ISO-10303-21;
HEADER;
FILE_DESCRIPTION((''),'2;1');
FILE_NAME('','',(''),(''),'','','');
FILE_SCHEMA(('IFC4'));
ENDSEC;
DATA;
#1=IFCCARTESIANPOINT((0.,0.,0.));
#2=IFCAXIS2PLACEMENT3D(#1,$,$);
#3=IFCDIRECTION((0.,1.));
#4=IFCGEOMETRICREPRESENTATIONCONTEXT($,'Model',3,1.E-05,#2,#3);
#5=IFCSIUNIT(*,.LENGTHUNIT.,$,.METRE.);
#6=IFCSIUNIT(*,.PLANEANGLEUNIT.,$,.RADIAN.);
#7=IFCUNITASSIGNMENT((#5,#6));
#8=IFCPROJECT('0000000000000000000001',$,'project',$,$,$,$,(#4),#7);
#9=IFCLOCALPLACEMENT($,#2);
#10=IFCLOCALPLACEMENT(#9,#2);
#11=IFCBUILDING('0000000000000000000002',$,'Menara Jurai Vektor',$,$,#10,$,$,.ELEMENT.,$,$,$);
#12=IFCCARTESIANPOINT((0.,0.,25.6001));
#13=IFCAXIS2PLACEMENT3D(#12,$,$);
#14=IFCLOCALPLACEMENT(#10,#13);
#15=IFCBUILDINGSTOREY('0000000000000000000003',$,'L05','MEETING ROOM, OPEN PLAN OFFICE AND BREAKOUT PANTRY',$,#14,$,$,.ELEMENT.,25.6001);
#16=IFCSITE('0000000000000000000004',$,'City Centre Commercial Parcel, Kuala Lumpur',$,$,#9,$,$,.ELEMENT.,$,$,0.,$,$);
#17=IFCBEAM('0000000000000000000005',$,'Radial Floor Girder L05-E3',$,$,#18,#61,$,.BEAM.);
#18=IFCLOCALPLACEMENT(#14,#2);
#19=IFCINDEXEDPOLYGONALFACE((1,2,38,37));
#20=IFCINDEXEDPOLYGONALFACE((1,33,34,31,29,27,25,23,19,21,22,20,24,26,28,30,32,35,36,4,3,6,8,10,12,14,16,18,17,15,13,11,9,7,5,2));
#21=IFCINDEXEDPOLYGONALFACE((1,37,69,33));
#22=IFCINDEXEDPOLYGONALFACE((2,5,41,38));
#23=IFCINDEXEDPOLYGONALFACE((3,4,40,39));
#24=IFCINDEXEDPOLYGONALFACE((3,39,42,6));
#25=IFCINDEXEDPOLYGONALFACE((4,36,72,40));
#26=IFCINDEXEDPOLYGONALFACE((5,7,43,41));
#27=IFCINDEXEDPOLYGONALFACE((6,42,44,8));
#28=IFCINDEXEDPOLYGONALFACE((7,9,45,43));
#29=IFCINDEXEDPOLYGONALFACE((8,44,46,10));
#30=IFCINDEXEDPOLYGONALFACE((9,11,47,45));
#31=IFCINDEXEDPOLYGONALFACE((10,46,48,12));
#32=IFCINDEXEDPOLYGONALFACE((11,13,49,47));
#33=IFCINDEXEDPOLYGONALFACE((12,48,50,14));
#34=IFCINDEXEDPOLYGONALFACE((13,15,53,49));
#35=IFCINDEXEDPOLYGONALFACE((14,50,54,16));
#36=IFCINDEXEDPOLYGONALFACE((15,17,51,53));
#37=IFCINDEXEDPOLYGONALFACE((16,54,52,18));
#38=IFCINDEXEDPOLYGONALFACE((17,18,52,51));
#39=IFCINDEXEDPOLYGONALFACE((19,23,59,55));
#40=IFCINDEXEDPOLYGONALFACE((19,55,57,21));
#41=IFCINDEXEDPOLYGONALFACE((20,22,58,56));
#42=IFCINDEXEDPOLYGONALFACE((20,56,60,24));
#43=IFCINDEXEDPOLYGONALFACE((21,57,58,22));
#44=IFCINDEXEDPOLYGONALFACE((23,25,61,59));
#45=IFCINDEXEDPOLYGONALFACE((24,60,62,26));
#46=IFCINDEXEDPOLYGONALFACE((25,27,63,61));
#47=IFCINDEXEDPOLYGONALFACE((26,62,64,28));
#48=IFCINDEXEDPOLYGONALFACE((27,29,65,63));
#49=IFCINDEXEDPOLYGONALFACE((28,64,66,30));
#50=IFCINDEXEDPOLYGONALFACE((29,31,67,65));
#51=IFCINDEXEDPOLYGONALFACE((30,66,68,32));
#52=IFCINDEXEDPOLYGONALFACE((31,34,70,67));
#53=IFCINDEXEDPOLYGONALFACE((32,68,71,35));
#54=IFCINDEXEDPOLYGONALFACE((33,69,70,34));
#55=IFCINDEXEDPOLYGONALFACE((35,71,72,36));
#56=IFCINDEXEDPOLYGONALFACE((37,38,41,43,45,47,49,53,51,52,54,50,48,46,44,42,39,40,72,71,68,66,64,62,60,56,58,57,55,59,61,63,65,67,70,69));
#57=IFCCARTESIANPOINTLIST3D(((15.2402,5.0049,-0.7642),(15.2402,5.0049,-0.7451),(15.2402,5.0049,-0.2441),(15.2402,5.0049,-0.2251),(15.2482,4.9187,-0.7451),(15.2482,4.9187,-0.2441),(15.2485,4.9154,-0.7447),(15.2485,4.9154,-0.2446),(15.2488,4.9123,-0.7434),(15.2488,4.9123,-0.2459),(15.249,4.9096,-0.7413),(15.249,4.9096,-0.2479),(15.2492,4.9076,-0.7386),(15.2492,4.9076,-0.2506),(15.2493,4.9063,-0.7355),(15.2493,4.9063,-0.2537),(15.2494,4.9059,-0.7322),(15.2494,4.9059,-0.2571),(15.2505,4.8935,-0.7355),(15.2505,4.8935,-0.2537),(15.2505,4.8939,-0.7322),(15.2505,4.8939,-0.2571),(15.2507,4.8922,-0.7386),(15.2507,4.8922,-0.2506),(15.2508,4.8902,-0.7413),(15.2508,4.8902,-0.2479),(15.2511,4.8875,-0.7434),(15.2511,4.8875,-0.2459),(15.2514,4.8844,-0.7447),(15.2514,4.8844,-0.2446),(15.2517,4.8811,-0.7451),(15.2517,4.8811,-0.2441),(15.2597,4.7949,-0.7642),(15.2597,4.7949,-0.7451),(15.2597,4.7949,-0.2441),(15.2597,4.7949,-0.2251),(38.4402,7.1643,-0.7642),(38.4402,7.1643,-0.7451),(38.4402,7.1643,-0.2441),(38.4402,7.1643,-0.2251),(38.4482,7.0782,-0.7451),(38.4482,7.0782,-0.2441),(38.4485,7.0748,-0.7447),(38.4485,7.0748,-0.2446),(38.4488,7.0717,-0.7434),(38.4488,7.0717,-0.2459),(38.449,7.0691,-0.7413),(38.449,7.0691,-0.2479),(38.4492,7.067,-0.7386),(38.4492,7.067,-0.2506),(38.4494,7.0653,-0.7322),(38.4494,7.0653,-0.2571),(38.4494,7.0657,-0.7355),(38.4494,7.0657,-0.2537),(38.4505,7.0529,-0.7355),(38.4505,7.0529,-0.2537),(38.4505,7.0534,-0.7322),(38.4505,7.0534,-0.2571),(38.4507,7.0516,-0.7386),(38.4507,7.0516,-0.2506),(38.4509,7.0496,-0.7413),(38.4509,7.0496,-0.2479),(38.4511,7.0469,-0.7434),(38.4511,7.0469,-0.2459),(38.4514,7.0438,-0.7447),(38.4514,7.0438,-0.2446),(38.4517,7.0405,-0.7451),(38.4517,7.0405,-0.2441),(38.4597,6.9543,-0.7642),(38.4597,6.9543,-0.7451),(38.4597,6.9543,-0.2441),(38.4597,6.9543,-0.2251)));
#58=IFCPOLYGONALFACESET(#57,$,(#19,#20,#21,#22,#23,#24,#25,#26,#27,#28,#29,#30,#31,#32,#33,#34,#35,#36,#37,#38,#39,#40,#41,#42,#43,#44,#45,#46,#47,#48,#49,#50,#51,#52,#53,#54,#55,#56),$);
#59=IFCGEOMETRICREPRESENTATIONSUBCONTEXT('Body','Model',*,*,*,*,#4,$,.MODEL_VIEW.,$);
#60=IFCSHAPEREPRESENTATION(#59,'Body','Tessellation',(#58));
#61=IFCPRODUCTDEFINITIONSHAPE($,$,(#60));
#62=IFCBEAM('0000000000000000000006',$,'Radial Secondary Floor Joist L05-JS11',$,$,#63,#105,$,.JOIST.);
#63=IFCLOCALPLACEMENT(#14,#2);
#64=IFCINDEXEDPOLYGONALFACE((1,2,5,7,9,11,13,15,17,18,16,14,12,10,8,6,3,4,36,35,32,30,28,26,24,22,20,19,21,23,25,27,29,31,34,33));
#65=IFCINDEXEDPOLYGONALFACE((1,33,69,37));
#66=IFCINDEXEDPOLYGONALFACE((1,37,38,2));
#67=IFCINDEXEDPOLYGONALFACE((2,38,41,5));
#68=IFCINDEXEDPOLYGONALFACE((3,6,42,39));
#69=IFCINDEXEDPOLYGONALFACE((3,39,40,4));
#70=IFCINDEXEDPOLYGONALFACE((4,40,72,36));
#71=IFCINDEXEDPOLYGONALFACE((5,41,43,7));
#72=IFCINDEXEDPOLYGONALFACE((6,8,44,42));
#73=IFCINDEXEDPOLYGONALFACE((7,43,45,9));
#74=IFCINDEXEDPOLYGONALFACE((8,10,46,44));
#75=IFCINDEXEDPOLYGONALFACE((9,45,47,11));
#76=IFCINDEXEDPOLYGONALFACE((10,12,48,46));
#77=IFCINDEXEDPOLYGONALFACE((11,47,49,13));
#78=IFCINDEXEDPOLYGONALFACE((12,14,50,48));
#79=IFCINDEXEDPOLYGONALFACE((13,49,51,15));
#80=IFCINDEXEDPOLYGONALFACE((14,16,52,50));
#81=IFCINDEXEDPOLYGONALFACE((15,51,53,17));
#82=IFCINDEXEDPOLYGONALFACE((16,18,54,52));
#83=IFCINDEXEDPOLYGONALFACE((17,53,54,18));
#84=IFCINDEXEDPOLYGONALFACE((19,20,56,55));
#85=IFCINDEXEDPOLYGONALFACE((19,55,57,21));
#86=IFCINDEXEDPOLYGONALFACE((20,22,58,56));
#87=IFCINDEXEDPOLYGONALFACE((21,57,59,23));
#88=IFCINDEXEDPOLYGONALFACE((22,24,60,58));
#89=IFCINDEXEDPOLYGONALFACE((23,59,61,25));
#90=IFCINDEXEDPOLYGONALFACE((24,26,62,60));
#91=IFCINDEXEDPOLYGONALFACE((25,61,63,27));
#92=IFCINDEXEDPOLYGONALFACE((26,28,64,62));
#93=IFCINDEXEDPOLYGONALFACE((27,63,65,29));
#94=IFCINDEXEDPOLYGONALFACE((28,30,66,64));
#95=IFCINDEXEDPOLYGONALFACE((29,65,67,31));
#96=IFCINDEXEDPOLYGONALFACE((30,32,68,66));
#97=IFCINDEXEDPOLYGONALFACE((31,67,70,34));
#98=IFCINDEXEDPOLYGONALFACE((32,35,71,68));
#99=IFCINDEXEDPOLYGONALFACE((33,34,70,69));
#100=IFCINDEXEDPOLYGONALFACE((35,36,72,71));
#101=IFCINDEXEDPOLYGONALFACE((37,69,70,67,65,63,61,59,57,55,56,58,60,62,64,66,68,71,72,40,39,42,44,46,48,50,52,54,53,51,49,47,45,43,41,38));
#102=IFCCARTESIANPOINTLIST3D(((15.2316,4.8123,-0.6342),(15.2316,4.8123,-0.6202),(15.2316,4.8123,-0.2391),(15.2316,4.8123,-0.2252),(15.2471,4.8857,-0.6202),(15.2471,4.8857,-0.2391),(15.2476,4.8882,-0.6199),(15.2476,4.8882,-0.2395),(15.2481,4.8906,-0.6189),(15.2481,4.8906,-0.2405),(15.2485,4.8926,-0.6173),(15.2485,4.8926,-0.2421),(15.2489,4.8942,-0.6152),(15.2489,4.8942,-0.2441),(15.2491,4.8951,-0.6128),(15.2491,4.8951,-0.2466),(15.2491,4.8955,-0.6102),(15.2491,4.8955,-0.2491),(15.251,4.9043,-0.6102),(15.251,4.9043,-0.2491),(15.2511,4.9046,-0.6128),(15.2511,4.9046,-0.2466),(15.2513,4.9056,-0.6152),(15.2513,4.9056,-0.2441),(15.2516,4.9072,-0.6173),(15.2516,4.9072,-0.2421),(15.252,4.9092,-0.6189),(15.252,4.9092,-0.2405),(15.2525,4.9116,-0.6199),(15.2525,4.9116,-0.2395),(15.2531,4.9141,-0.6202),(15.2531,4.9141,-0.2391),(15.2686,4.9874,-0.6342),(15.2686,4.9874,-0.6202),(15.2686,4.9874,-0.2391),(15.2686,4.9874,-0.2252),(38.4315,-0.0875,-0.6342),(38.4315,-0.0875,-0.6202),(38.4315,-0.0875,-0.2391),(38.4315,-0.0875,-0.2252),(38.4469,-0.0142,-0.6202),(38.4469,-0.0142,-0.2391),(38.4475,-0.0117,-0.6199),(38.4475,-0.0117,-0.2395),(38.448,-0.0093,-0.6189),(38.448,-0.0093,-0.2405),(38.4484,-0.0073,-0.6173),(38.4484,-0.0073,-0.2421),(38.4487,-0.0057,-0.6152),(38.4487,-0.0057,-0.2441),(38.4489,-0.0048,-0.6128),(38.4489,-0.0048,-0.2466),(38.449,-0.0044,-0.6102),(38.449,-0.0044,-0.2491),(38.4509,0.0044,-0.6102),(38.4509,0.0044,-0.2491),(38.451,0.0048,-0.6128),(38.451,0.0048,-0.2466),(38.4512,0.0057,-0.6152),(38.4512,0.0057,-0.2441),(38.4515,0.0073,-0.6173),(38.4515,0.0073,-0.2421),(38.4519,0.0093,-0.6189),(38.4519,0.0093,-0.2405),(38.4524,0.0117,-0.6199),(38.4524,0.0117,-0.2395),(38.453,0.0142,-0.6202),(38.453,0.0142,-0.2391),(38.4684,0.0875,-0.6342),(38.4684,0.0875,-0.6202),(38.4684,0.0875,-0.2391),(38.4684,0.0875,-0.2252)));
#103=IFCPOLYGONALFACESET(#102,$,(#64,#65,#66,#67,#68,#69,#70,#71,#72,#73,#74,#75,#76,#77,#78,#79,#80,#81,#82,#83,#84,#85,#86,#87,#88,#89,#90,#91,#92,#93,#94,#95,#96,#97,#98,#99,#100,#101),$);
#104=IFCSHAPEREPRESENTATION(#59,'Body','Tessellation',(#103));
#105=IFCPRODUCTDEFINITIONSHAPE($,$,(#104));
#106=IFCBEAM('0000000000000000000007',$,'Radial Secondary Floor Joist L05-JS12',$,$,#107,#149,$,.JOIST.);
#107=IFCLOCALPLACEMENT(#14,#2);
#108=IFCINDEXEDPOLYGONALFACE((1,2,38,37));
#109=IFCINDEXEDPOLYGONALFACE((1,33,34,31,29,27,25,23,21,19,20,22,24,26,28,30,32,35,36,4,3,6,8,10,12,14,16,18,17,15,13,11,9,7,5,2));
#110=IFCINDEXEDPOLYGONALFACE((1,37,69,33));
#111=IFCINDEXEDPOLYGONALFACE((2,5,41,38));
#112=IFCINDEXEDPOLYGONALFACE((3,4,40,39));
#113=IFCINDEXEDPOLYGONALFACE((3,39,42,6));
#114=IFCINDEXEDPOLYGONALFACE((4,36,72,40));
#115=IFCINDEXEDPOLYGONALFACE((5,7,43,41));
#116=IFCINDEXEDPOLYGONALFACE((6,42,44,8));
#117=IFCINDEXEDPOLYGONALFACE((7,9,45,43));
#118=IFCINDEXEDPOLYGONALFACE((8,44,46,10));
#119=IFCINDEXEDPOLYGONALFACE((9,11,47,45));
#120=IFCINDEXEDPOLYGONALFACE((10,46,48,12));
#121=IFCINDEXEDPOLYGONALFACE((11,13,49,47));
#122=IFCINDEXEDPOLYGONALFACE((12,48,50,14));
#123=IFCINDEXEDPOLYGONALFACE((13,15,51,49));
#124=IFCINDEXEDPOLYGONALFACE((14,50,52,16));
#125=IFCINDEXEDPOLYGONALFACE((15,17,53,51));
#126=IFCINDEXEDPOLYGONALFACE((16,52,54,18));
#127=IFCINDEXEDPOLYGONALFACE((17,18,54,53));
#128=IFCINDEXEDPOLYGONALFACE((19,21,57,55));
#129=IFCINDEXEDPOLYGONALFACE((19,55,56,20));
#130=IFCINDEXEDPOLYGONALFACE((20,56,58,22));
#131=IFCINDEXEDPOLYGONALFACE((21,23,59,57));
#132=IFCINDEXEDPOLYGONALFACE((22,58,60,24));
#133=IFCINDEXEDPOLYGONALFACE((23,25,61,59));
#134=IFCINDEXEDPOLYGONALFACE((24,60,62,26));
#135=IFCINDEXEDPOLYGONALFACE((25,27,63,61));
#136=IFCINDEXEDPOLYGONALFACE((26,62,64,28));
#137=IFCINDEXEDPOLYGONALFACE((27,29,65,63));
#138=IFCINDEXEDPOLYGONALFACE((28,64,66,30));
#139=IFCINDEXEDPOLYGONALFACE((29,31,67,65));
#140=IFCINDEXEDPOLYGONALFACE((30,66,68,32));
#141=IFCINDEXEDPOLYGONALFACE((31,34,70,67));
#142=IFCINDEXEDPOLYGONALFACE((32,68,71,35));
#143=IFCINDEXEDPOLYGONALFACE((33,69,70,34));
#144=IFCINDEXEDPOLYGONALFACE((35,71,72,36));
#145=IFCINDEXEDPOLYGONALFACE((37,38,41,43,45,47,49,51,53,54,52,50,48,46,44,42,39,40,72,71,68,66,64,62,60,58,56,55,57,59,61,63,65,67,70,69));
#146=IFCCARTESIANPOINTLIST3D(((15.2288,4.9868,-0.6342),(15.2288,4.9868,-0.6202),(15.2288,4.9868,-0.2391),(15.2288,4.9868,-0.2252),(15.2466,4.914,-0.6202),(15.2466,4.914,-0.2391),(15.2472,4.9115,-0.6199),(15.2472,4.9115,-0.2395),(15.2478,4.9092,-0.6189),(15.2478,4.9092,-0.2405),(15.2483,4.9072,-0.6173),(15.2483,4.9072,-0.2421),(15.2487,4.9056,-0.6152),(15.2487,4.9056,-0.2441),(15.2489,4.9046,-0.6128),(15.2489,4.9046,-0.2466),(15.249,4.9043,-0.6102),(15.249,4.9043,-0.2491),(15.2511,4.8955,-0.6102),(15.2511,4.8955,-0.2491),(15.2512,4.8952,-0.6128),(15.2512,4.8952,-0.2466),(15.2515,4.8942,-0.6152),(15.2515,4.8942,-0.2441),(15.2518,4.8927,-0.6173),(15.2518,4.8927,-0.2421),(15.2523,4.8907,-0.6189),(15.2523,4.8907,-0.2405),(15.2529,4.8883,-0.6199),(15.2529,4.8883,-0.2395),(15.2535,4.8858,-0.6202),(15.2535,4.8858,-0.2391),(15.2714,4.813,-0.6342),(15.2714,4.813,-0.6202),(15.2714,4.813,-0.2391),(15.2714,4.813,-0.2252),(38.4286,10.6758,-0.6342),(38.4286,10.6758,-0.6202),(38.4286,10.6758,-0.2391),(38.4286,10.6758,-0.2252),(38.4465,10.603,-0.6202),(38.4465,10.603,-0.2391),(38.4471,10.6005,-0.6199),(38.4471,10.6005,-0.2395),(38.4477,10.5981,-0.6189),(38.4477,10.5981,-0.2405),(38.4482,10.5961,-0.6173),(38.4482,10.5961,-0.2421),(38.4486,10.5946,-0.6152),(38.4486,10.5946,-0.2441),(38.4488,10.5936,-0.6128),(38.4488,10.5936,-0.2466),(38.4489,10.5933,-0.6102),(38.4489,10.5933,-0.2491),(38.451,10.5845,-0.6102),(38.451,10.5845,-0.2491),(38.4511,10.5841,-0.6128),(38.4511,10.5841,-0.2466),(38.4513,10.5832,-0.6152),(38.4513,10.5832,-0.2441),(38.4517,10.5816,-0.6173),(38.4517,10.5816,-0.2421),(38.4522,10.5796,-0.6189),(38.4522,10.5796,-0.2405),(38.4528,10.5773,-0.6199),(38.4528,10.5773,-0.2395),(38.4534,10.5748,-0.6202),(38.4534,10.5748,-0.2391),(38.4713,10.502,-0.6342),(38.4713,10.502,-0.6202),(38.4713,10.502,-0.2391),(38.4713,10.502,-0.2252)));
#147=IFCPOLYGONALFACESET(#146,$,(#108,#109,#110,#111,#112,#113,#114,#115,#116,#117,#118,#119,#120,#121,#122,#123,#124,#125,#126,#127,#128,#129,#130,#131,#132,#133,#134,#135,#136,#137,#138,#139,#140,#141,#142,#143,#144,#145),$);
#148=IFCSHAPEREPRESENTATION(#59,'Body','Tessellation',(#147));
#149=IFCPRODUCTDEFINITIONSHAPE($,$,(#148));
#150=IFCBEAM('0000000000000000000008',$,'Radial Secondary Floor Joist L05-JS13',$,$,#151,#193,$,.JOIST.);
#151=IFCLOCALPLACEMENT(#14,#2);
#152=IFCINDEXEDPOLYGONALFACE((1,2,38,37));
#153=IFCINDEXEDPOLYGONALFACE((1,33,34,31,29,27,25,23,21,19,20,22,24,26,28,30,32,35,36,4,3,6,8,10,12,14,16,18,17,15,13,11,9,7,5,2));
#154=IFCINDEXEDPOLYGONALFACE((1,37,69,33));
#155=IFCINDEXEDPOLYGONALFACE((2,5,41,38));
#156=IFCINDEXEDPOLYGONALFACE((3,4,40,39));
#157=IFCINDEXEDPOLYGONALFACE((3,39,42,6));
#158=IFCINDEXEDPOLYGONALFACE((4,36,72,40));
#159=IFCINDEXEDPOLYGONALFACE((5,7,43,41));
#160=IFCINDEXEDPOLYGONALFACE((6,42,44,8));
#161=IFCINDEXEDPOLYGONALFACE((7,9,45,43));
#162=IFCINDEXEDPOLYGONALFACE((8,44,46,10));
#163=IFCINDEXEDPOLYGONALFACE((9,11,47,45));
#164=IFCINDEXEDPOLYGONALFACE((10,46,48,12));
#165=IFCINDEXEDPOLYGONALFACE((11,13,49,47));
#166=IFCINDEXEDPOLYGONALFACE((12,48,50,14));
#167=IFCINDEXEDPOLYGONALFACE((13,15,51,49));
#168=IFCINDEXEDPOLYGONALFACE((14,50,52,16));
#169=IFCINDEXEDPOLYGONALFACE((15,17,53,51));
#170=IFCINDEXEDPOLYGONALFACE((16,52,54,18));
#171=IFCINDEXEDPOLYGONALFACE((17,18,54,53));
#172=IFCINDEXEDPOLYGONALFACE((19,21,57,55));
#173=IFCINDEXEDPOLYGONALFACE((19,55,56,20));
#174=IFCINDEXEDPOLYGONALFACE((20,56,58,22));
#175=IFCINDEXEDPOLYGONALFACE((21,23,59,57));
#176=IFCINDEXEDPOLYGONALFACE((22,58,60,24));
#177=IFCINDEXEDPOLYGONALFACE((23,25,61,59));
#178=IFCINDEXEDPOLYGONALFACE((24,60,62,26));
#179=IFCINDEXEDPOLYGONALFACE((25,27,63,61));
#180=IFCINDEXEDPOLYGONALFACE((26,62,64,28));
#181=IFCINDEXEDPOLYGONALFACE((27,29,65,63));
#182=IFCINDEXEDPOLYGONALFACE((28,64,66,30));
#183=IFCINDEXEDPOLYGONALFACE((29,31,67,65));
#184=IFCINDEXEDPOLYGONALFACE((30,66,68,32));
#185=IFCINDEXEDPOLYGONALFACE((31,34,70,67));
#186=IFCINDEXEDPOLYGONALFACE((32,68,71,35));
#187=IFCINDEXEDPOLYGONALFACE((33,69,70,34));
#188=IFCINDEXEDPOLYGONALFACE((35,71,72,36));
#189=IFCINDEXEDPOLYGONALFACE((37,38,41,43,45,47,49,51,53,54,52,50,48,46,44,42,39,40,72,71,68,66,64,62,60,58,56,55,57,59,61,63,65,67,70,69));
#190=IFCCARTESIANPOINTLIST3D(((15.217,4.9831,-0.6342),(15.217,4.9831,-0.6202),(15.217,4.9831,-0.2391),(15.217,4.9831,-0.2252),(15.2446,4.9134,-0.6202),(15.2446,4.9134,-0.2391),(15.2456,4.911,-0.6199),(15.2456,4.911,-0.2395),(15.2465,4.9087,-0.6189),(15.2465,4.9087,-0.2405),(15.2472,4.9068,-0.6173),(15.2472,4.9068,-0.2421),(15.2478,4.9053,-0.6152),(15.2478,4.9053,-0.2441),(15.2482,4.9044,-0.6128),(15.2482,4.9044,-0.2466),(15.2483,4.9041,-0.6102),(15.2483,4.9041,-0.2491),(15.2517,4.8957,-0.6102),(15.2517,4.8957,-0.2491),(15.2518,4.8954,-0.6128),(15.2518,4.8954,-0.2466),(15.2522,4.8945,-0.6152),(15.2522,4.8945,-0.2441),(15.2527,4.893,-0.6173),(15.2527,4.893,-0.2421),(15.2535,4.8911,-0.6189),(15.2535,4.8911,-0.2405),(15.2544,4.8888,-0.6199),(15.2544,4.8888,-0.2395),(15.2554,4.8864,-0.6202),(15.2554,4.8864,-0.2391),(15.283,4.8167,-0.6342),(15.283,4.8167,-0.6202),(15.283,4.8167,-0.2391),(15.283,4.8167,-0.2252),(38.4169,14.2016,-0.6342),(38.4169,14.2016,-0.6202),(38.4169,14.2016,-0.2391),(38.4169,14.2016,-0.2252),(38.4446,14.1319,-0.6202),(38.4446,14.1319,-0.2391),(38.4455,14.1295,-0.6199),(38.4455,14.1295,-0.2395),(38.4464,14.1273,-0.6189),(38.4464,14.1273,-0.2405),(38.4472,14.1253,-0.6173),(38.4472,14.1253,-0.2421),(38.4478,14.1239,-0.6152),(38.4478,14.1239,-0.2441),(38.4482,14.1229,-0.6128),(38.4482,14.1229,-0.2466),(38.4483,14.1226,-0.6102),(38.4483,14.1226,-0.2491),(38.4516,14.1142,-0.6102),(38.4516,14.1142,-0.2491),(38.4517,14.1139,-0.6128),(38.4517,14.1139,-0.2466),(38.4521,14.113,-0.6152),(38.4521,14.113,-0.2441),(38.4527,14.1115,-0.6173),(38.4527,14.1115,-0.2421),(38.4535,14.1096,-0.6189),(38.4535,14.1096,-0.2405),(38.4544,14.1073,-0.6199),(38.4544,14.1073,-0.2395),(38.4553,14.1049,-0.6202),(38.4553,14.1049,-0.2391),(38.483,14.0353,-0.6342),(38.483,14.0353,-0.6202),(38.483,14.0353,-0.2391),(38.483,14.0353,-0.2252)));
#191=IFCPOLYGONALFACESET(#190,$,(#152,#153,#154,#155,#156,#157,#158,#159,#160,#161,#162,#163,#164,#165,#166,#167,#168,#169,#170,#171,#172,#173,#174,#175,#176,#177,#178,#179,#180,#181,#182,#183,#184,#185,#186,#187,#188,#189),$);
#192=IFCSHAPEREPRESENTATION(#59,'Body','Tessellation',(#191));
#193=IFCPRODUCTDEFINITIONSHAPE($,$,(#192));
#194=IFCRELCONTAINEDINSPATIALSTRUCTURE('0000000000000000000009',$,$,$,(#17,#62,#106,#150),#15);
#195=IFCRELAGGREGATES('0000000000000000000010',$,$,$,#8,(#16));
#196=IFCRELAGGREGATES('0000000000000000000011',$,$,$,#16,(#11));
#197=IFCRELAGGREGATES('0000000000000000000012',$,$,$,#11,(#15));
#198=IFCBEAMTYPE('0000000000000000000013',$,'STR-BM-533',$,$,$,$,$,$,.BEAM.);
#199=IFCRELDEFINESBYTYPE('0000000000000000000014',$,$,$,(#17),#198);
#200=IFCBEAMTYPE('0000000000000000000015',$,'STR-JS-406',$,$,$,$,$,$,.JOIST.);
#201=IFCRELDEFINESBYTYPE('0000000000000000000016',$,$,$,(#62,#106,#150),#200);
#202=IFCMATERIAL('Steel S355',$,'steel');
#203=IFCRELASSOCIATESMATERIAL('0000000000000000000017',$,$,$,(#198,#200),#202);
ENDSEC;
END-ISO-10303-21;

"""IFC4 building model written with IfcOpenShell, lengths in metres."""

from ifc_helpers import new_model, si_unit, direction, frame, origin, origin_2d, place, context, subcontext, project, spatial, i_section, extrude, material, material_profile, profile_set, type_object, element, save


model = new_model("IFC4")

# Units and contexts
model_context = context("Model", 3, precision=1e-05, world=origin(), true_north=direction((0.0, 1.0)))
body_context = subcontext(model_context, "Body", "Model", "MODEL_VIEW")
ifc_project = project(units=[si_unit("LENGTHUNIT", "METRE"), si_unit("PLANEANGLEUNIT", "RADIAN")], contexts=[model_context])

# Site, building, storey
site_placement = place(None, origin())
site = spatial("IfcSite", under=ifc_project, at=site_placement, Name="City Centre Commercial Parcel, Kuala Lumpur", CompositionType="ELEMENT", RefElevation=0.0)
building_placement = place(site_placement, origin())
building = spatial("IfcBuilding", under=site, at=building_placement, Name="Menara Jurai Vektor", CompositionType="ELEMENT")
storey_placement = place(building_placement, frame((0.0, 0.0, 25.6001)))
storey = spatial("IfcBuildingStorey", under=building, at=storey_placement, Name="L05", Description="MEETING ROOM, OPEN PLAN OFFICE AND BREAKOUT PANTRY", CompositionType="ELEMENT", Elevation=25.6001)

# Beams
ifc_material_1 = material(Name="Steel S355", Category="steel")
ifc_material_profile_1 = material_profile(ifc_material_1, i_section(OverallWidth=0.2109, OverallDepth=0.5391, WebThickness=0.012, FlangeThickness=0.019, FilletRadius=0.0129, at=origin_2d()), Name="UKB 533x210x109")
ifc_profile_set_1 = profile_set([ifc_material_profile_1], Name="Steel S355")
beam_type_1 = type_object("IfcBeamType", Name="STR-BM-533", PredefinedType="BEAM", material=ifc_profile_set_1)
beam_1_placement = place(storey_placement, frame((38.45, 7.0593, -0.4946), z_axis=(-0.995696, -0.092678, 0.0), x_axis=(0.092678, -0.995696, 0.0)))
element("IfcBeam", 1, at=beam_1_placement, inside=storey, type_object=beam_type_1, Name="Radial Floor Girder L05-E3", PredefinedType="BEAM", context=body_context, shape_type="SweptSolid", body=[
    extrude(i_section(OverallWidth=0.2109, OverallDepth=0.5391, WebThickness=0.012, FlangeThickness=0.019, FilletRadius=0.0129, at=origin_2d()), origin(), (0.0, 0.0, 1.0), 23.3003),
])
ifc_material_profile_2 = material_profile(ifc_material_1, i_section(OverallWidth=0.179, OverallDepth=0.4089, WebThickness=0.009, FlangeThickness=0.0139, FilletRadius=0.01, at=origin_2d()), Name="UKB 406x178x67")
ifc_profile_set_2 = profile_set([ifc_material_profile_2], Name="Steel S355")
beam_type_2 = type_object("IfcBeamType", Name="STR-JS-406", PredefinedType="JOIST", material=ifc_profile_set_2)
beam_2_placement = place(storey_placement, frame((38.45, 0.0, -0.4297), z_axis=(-0.978416, 0.206645, 0.0), x_axis=(-0.206645, -0.978416, 0.0)))
element("IfcBeam", 2, at=beam_2_placement, inside=storey, type_object=beam_type_2, Name="Radial Secondary Floor Joist L05-JS11", PredefinedType="JOIST", context=body_context, shape_type="SweptSolid", body=[
    extrude(i_section(OverallWidth=0.179, OverallDepth=0.4089, WebThickness=0.009, FlangeThickness=0.0139, FilletRadius=0.01, at=origin_2d()), origin(), (0.0, 0.0, 1.0), 23.7117),
])
beam_3_placement = place(storey_placement, frame((38.45, 10.5889, -0.4297), z_axis=(-0.971226, -0.238159, 0.0), x_axis=(0.238159, -0.971226, 0.0)))
element("IfcBeam", 3, at=beam_3_placement, inside=storey, type_object=beam_type_2, Name="Radial Secondary Floor Joist L05-JS12", PredefinedType="JOIST", context=body_context, shape_type="SweptSolid", body=[
    extrude(i_section(OverallWidth=0.179, OverallDepth=0.4089, WebThickness=0.009, FlangeThickness=0.0139, FilletRadius=0.01, at=origin_2d()), origin(), (0.0, 0.0, 1.0), 23.8872),
])
beam_4_placement = place(storey_placement, frame((38.45, 14.1184, -0.4297), z_axis=(-0.929323, -0.369267, 0.0), x_axis=(0.369267, -0.929323, 0.0)))
element("IfcBeam", 4, at=beam_4_placement, inside=storey, type_object=beam_type_2, Name="Radial Secondary Floor Joist L05-JS13", PredefinedType="JOIST", context=body_context, shape_type="SweptSolid", body=[
    extrude(i_section(OverallWidth=0.179, OverallDepth=0.4089, WebThickness=0.009, FlangeThickness=0.0139, FilletRadius=0.01, at=origin_2d()), origin(), (0.0, 0.0, 1.0), 24.9644),
])

save(model, "model.ifc")
